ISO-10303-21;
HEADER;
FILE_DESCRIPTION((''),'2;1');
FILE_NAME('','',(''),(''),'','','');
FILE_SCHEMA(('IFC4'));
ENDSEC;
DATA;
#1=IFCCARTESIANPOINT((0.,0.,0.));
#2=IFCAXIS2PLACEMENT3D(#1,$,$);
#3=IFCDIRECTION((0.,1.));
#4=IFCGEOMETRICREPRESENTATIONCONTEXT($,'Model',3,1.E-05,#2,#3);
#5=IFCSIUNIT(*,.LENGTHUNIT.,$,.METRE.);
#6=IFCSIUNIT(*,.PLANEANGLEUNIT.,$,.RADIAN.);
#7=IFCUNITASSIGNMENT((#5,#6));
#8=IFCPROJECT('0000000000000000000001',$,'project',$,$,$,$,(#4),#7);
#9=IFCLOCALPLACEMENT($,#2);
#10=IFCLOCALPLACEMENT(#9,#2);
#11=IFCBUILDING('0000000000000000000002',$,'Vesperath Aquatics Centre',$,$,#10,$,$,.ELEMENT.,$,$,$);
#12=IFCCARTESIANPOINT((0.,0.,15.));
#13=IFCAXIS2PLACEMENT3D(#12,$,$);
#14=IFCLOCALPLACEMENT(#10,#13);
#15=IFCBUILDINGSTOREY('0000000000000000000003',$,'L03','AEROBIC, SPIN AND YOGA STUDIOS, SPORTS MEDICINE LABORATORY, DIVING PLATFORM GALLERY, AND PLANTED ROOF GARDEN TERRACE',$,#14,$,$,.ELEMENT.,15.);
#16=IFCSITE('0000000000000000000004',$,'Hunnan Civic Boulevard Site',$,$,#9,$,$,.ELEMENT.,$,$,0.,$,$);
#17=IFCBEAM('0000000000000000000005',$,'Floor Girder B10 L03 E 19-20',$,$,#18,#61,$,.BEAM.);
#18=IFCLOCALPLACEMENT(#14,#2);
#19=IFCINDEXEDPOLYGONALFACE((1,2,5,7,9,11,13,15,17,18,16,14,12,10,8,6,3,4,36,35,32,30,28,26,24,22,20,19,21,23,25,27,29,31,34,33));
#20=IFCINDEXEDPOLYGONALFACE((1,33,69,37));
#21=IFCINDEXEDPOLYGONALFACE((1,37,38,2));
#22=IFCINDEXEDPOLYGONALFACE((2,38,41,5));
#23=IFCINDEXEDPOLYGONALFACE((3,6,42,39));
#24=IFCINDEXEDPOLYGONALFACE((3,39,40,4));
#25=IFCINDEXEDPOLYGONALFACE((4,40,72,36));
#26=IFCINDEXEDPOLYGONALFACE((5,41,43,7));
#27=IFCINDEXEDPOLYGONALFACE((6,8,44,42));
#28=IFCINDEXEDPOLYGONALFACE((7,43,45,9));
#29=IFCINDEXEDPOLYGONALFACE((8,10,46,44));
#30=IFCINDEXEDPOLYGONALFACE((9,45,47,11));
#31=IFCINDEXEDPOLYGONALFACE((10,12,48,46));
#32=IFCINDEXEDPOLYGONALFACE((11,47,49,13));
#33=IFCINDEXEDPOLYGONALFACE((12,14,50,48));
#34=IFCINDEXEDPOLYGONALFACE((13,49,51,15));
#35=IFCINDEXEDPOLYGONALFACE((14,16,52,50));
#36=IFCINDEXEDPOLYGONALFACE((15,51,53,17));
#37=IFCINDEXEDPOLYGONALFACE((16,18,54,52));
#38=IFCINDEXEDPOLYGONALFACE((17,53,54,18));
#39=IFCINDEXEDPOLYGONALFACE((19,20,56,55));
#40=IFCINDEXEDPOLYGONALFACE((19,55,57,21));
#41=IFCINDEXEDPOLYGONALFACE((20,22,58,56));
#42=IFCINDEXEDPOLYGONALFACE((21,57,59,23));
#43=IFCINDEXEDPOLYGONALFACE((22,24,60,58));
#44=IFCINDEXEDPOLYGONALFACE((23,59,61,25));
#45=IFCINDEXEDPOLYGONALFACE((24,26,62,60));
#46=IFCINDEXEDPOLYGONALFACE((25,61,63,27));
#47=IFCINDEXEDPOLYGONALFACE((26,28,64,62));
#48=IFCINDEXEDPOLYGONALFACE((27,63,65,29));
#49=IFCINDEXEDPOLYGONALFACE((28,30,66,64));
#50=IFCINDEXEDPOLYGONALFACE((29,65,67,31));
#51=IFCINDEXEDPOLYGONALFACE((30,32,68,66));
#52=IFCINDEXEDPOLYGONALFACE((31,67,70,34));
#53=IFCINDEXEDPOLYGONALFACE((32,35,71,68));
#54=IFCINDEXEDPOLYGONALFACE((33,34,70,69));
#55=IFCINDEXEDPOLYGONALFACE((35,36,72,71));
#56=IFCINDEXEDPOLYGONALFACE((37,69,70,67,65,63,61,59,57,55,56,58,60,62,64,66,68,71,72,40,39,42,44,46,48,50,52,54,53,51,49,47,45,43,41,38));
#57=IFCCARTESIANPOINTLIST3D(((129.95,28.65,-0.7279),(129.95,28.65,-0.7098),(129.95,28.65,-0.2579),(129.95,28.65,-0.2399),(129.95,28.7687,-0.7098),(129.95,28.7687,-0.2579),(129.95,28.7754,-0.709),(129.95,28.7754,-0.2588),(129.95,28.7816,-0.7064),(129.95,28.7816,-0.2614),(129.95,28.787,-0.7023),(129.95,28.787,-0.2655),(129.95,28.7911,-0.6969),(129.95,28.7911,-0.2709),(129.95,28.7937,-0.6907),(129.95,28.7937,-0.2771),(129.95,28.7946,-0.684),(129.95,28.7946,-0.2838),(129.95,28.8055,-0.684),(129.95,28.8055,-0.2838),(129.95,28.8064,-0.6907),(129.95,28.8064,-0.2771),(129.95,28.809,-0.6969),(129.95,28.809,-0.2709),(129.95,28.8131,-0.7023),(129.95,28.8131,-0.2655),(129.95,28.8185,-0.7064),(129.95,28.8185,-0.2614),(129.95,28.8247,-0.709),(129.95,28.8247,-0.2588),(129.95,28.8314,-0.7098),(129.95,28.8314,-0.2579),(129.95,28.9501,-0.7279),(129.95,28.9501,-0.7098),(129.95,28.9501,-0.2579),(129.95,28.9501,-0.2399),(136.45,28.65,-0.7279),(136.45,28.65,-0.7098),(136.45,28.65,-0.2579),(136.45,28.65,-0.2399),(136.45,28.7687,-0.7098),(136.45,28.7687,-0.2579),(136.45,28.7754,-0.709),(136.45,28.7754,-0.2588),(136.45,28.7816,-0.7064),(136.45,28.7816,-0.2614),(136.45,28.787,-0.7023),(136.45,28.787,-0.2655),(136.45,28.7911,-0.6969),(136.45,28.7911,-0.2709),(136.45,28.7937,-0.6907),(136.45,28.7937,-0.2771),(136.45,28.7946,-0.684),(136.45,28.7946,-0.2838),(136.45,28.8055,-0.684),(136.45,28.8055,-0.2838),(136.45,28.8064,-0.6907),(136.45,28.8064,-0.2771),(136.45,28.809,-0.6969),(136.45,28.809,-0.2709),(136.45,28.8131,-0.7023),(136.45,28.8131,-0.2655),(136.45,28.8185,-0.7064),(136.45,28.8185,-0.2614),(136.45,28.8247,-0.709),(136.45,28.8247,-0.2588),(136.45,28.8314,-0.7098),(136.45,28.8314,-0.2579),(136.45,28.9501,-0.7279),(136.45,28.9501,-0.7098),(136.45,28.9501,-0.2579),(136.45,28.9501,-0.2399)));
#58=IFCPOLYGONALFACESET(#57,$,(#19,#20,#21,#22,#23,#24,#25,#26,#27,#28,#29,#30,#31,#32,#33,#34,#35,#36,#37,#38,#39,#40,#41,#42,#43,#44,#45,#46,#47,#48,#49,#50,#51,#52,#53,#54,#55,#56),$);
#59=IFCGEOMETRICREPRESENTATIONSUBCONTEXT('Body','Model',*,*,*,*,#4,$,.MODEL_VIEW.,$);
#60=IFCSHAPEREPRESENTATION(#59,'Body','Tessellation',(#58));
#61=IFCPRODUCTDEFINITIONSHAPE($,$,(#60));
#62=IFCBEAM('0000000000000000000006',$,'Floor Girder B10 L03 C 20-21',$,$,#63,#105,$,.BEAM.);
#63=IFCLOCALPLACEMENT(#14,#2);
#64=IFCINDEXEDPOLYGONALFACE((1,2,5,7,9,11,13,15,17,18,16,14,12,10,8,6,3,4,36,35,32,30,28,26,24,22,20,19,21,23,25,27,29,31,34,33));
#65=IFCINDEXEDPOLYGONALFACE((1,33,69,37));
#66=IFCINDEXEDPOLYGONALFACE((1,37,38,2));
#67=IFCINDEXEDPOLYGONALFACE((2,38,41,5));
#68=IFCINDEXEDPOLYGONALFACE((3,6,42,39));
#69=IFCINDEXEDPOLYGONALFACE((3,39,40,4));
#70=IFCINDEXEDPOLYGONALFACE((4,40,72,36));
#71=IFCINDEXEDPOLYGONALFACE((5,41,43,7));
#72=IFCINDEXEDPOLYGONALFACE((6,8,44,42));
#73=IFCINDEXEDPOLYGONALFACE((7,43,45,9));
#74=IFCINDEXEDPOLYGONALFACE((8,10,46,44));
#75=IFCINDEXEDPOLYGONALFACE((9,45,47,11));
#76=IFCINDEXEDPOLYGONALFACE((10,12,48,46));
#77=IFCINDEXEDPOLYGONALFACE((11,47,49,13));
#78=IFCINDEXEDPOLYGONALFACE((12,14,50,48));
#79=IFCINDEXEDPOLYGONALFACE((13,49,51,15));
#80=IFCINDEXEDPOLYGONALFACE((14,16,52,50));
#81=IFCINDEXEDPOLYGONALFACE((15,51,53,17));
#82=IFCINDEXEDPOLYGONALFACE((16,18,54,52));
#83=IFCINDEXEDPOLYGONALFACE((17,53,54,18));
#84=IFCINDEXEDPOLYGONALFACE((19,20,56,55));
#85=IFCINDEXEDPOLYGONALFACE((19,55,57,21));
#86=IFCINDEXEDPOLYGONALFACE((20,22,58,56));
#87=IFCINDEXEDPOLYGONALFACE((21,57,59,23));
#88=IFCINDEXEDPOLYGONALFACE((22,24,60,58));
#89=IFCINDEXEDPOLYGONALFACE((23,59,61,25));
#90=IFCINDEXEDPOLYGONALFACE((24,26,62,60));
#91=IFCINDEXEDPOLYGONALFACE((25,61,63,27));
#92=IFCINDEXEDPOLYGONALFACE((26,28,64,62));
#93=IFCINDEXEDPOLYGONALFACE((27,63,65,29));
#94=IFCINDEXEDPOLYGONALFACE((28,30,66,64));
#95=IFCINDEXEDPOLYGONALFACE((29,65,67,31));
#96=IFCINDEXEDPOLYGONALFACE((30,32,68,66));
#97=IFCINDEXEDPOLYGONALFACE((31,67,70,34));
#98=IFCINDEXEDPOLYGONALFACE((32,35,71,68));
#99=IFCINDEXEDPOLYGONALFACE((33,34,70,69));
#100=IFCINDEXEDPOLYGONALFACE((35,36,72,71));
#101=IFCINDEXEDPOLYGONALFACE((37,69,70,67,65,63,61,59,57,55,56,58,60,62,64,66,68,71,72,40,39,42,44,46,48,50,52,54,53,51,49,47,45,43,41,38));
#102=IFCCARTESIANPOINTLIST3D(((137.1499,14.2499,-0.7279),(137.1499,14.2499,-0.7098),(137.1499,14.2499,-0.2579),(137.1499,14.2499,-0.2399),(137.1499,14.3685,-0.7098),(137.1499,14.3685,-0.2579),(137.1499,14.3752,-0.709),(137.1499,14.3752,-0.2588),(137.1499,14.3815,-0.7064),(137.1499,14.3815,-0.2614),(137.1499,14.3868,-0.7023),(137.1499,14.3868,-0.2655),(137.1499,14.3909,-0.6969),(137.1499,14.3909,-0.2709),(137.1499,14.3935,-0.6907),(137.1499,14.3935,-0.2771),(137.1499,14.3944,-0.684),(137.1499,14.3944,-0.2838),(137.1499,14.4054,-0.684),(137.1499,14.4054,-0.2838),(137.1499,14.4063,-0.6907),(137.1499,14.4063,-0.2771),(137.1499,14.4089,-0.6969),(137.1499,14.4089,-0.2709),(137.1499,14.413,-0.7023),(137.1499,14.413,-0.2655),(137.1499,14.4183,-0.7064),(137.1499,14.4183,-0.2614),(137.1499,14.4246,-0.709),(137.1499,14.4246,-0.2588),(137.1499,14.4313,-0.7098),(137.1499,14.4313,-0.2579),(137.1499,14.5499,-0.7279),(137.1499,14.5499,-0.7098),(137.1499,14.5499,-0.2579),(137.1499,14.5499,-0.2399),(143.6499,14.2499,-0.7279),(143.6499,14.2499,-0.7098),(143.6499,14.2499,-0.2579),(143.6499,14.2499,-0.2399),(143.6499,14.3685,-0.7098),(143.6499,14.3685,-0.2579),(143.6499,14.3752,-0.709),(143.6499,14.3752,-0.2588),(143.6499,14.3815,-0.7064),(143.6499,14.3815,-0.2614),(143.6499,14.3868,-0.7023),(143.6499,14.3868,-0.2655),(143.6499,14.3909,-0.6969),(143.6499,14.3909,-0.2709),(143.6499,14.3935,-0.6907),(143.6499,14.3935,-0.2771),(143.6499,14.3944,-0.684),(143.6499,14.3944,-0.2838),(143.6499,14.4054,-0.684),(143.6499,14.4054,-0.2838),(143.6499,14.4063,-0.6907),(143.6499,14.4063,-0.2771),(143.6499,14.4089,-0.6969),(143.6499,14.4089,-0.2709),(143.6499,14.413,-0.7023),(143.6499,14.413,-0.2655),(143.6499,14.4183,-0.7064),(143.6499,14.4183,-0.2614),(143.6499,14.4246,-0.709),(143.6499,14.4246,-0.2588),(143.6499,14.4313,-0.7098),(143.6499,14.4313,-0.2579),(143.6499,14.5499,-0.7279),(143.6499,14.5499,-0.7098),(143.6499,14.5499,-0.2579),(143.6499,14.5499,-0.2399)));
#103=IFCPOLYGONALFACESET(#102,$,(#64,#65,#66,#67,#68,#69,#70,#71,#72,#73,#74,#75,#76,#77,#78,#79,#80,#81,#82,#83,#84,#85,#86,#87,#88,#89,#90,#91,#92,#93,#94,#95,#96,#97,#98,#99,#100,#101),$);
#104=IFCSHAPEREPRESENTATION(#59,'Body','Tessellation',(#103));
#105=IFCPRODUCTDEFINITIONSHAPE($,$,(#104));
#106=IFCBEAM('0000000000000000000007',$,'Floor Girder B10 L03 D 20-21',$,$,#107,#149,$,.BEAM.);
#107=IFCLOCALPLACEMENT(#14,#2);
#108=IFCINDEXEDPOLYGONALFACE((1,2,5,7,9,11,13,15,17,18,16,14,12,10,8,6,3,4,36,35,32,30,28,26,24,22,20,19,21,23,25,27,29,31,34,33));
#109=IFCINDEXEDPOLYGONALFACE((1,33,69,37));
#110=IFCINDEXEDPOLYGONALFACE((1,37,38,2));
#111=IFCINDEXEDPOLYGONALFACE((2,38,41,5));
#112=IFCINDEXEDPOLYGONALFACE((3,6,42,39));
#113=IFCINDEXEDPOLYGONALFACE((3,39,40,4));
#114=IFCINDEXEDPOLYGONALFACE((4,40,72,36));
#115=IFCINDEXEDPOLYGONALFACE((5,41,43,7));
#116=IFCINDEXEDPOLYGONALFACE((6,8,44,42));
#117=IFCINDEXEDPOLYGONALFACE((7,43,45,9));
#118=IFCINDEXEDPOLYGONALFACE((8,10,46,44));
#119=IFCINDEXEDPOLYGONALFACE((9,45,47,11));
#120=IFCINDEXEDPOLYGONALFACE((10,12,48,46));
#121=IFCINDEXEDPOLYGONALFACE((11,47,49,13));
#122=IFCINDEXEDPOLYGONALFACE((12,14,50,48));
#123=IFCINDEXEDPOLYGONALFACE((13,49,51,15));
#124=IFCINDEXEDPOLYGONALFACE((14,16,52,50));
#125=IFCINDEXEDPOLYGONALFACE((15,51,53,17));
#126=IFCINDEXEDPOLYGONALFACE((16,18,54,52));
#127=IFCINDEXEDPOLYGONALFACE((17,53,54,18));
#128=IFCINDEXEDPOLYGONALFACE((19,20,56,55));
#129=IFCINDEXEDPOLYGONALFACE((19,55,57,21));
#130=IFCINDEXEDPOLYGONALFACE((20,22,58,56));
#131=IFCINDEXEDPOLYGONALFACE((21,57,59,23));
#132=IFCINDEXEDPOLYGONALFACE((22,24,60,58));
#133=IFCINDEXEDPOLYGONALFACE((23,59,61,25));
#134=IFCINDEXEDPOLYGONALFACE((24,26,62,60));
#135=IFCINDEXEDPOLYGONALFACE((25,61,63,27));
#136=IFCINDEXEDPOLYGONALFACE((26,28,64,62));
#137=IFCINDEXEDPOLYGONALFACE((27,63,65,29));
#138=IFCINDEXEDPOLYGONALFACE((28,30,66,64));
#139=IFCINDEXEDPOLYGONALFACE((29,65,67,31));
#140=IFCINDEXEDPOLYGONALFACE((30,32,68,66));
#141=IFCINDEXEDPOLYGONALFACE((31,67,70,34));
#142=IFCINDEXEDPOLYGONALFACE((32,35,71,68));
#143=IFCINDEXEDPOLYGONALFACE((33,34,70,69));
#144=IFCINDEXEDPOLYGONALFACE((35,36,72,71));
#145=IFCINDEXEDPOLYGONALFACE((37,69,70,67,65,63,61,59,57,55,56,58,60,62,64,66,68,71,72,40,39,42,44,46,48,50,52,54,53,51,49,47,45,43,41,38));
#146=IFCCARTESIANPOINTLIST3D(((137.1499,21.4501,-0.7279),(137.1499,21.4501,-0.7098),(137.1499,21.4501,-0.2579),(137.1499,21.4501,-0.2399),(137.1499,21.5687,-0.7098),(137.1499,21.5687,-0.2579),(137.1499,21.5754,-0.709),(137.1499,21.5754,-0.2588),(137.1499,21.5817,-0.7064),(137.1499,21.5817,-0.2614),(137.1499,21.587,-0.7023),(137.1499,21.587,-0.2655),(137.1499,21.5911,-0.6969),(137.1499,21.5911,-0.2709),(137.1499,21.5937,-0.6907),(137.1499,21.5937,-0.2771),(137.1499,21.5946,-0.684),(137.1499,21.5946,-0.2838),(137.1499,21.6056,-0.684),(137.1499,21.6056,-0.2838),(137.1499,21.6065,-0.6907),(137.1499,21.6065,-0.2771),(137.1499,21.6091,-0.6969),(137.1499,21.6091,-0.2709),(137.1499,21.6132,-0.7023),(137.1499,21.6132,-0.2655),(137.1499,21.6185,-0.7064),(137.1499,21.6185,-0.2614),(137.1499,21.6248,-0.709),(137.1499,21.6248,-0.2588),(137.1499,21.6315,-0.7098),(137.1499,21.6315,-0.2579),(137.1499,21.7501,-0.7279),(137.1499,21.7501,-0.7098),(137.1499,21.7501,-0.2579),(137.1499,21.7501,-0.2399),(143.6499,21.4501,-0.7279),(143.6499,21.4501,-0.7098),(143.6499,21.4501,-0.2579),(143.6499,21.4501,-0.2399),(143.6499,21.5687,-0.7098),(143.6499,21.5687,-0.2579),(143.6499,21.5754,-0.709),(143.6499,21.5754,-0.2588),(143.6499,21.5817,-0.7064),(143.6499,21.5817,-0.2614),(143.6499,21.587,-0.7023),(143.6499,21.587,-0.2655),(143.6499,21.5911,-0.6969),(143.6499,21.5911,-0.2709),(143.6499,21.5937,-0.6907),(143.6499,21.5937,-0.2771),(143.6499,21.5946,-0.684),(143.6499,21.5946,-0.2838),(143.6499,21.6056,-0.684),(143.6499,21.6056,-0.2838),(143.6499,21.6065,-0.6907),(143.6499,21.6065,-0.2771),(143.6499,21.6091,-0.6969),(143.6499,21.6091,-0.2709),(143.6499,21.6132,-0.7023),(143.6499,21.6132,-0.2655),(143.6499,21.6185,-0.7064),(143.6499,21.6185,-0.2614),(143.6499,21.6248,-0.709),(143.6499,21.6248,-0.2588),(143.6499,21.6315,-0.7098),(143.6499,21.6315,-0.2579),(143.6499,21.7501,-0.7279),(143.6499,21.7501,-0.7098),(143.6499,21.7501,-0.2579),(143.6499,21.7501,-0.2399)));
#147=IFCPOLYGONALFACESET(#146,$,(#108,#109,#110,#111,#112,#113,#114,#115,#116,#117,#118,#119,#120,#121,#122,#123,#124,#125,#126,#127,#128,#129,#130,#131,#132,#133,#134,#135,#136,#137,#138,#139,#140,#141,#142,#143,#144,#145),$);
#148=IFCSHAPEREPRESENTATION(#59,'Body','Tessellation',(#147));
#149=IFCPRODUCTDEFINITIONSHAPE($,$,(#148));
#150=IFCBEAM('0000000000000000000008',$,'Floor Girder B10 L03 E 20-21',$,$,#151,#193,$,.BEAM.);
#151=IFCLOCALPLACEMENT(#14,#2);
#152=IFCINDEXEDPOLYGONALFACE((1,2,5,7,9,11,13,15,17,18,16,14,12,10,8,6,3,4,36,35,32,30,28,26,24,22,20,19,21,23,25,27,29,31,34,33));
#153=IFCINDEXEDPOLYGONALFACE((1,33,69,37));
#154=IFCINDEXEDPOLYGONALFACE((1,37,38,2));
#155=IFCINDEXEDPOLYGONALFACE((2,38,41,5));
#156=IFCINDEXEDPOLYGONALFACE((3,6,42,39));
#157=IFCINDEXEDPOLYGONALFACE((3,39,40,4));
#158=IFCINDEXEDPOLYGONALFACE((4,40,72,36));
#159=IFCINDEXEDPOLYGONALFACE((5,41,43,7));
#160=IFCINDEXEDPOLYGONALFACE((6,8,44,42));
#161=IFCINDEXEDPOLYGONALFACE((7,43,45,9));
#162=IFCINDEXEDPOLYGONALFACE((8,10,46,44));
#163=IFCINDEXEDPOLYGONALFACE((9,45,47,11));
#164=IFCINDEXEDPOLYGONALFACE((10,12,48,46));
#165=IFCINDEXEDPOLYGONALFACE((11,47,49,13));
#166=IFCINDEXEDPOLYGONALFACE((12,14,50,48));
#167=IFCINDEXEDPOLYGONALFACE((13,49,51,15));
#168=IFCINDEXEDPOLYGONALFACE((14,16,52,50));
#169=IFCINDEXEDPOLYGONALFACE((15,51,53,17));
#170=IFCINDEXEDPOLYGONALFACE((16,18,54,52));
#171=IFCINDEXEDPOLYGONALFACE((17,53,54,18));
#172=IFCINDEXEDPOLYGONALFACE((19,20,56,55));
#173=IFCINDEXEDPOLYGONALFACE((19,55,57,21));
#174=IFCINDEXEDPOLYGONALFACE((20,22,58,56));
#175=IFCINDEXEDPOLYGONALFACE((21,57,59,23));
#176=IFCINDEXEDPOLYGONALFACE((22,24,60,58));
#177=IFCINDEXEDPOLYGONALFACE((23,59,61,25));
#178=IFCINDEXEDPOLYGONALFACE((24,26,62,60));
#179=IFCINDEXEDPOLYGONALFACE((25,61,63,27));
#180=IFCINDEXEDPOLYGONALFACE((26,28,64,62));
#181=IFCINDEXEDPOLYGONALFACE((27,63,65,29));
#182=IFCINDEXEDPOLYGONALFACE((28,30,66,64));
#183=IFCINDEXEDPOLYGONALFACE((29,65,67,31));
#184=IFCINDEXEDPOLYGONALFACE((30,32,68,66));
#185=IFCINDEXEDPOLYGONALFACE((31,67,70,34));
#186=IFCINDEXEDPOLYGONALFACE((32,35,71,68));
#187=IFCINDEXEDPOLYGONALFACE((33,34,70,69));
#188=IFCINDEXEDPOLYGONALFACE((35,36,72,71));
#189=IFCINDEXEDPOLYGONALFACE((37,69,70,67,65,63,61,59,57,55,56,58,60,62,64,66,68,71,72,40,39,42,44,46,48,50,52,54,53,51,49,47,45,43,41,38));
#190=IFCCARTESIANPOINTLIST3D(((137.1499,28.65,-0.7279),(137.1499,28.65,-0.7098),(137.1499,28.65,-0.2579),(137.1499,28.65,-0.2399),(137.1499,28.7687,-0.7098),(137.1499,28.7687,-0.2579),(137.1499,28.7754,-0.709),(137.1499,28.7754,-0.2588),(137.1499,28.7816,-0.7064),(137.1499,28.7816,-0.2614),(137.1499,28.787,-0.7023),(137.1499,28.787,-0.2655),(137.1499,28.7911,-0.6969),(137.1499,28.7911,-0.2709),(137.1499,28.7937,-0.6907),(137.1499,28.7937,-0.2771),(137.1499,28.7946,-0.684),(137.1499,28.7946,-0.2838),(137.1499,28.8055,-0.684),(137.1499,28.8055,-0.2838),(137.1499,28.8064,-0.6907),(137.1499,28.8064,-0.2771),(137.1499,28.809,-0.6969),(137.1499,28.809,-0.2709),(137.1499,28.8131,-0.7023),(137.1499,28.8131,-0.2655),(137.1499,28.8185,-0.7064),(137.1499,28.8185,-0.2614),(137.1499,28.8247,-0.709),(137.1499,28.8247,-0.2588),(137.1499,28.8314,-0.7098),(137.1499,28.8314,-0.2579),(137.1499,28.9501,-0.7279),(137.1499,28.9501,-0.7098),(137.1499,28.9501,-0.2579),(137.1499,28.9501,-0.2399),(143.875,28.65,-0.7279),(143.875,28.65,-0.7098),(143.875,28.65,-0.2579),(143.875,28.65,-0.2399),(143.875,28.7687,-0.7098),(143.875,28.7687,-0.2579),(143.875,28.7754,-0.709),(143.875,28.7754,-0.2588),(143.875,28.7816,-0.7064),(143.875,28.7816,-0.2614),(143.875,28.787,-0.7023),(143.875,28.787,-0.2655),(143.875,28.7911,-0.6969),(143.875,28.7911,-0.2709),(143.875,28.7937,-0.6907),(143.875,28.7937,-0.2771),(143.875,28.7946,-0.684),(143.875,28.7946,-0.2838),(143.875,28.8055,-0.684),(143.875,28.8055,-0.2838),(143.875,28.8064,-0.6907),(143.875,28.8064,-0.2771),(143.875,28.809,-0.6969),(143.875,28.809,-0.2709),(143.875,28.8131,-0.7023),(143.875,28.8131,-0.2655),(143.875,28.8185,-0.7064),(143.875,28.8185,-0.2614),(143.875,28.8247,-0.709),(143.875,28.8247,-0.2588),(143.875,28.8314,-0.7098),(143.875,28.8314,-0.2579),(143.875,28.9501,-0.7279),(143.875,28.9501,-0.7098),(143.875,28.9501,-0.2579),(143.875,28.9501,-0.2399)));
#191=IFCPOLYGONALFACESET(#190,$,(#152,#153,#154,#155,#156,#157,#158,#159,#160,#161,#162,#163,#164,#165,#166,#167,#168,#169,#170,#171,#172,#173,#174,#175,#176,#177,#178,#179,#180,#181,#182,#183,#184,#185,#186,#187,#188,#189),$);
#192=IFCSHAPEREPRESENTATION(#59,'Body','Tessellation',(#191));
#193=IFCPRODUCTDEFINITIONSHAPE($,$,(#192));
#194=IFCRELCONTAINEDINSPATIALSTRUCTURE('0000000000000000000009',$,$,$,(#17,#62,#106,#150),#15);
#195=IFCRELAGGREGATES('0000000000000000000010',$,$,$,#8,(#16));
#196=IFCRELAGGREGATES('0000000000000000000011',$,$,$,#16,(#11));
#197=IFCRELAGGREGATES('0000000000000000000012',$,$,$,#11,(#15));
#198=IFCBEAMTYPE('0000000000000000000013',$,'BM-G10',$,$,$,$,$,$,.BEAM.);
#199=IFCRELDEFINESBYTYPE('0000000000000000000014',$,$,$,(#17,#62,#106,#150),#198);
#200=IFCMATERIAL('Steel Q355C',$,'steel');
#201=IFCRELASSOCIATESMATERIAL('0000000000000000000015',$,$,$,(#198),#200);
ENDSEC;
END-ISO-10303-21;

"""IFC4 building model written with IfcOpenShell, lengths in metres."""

from ifc_helpers import new_model, si_unit, direction, frame, origin, origin_2d, place, context, subcontext, project, spatial, i_section, extrude, material, material_profile, profile_set, type_object, element, save


model = new_model("IFC4")

# Units and contexts
model_context = context("Model", 3, precision=1e-05, world=origin(), true_north=direction((0.0, 1.0)))
body_context = subcontext(model_context, "Body", "Model", "MODEL_VIEW")
ifc_project = project(units=[si_unit("LENGTHUNIT", "METRE"), si_unit("PLANEANGLEUNIT", "RADIAN")], contexts=[model_context])

# Site, building, storey
site_placement = place(None, origin())
site = spatial("IfcSite", under=ifc_project, at=site_placement, Name="Hunnan Civic Boulevard Site", CompositionType="ELEMENT", RefElevation=0.0)
building_placement = place(site_placement, origin())
building = spatial("IfcBuilding", under=site, at=building_placement, Name="Vesperath Aquatics Centre", CompositionType="ELEMENT")
storey_placement = place(building_placement, frame((0.0, 0.0, 15.0)))
storey = spatial("IfcBuildingStorey", under=building, at=storey_placement, Name="L03", Description="AEROBIC, SPIN AND YOGA STUDIOS, SPORTS MEDICINE LABORATORY, DIVING PLATFORM GALLERY, AND PLANTED ROOF GARDEN TERRACE", CompositionType="ELEMENT", Elevation=15.0)

# Beams
ifc_material_1 = material(Name="Steel Q355C", Category="steel")
ifc_material_profile_1 = material_profile(ifc_material_1, i_section(OverallWidth=0.3, OverallDepth=0.488, WebThickness=0.011, FlangeThickness=0.0181, FilletRadius=0.0259, at=origin_2d()), Name="HM 488x300x11x18")
ifc_profile_set_1 = profile_set([ifc_material_profile_1], Name="Steel Q355C")
beam_type_1 = type_object("IfcBeamType", Name="BM-G10", PredefinedType="BEAM", material=ifc_profile_set_1)
for number, where, z_axis, x_axis, name in (
    (1, (129.95, 28.8, -0.4839), (1.0, 0.0, 0.0), (0.0, 1.0, 0.0), "Floor Girder B10 L03 E 19-20"),
    (2, (137.1499, 14.3999, -0.4839), (1.0, 0.0, 0.0), (0.0, 1.0, 0.0), "Floor Girder B10 L03 C 20-21"),
    (3, (137.1499, 21.6001, -0.4839), (1.0, 0.0, 0.0), (0.0, 1.0, 0.0), "Floor Girder B10 L03 D 20-21"),
):
    element("IfcBeam", number, at=place(storey_placement, frame(where, z_axis=z_axis, x_axis=x_axis)), inside=storey, type_object=beam_type_1, Name=name, PredefinedType="BEAM", context=body_context, shape_type="SweptSolid", body=[
        extrude(i_section(OverallWidth=0.3, OverallDepth=0.488, WebThickness=0.011, FlangeThickness=0.0181, FilletRadius=0.0259, at=origin_2d()), origin(), (0.0, 0.0, 1.0), 6.5),
    ])
beam_1_placement = place(storey_placement, frame((137.1499, 28.8, -0.4839), z_axis=(1.0, 0.0, 0.0), x_axis=(0.0, 1.0, 0.0)))
element("IfcBeam", 4, at=beam_1_placement, inside=storey, type_object=beam_type_1, Name="Floor Girder B10 L03 E 20-21", PredefinedType="BEAM", context=body_context, shape_type="SweptSolid", body=[
    extrude(i_section(OverallWidth=0.3, OverallDepth=0.488, WebThickness=0.011, FlangeThickness=0.0181, FilletRadius=0.0259, at=origin_2d()), origin(), (0.0, 0.0, 1.0), 6.7251),
])

save(model, "model.ifc")
